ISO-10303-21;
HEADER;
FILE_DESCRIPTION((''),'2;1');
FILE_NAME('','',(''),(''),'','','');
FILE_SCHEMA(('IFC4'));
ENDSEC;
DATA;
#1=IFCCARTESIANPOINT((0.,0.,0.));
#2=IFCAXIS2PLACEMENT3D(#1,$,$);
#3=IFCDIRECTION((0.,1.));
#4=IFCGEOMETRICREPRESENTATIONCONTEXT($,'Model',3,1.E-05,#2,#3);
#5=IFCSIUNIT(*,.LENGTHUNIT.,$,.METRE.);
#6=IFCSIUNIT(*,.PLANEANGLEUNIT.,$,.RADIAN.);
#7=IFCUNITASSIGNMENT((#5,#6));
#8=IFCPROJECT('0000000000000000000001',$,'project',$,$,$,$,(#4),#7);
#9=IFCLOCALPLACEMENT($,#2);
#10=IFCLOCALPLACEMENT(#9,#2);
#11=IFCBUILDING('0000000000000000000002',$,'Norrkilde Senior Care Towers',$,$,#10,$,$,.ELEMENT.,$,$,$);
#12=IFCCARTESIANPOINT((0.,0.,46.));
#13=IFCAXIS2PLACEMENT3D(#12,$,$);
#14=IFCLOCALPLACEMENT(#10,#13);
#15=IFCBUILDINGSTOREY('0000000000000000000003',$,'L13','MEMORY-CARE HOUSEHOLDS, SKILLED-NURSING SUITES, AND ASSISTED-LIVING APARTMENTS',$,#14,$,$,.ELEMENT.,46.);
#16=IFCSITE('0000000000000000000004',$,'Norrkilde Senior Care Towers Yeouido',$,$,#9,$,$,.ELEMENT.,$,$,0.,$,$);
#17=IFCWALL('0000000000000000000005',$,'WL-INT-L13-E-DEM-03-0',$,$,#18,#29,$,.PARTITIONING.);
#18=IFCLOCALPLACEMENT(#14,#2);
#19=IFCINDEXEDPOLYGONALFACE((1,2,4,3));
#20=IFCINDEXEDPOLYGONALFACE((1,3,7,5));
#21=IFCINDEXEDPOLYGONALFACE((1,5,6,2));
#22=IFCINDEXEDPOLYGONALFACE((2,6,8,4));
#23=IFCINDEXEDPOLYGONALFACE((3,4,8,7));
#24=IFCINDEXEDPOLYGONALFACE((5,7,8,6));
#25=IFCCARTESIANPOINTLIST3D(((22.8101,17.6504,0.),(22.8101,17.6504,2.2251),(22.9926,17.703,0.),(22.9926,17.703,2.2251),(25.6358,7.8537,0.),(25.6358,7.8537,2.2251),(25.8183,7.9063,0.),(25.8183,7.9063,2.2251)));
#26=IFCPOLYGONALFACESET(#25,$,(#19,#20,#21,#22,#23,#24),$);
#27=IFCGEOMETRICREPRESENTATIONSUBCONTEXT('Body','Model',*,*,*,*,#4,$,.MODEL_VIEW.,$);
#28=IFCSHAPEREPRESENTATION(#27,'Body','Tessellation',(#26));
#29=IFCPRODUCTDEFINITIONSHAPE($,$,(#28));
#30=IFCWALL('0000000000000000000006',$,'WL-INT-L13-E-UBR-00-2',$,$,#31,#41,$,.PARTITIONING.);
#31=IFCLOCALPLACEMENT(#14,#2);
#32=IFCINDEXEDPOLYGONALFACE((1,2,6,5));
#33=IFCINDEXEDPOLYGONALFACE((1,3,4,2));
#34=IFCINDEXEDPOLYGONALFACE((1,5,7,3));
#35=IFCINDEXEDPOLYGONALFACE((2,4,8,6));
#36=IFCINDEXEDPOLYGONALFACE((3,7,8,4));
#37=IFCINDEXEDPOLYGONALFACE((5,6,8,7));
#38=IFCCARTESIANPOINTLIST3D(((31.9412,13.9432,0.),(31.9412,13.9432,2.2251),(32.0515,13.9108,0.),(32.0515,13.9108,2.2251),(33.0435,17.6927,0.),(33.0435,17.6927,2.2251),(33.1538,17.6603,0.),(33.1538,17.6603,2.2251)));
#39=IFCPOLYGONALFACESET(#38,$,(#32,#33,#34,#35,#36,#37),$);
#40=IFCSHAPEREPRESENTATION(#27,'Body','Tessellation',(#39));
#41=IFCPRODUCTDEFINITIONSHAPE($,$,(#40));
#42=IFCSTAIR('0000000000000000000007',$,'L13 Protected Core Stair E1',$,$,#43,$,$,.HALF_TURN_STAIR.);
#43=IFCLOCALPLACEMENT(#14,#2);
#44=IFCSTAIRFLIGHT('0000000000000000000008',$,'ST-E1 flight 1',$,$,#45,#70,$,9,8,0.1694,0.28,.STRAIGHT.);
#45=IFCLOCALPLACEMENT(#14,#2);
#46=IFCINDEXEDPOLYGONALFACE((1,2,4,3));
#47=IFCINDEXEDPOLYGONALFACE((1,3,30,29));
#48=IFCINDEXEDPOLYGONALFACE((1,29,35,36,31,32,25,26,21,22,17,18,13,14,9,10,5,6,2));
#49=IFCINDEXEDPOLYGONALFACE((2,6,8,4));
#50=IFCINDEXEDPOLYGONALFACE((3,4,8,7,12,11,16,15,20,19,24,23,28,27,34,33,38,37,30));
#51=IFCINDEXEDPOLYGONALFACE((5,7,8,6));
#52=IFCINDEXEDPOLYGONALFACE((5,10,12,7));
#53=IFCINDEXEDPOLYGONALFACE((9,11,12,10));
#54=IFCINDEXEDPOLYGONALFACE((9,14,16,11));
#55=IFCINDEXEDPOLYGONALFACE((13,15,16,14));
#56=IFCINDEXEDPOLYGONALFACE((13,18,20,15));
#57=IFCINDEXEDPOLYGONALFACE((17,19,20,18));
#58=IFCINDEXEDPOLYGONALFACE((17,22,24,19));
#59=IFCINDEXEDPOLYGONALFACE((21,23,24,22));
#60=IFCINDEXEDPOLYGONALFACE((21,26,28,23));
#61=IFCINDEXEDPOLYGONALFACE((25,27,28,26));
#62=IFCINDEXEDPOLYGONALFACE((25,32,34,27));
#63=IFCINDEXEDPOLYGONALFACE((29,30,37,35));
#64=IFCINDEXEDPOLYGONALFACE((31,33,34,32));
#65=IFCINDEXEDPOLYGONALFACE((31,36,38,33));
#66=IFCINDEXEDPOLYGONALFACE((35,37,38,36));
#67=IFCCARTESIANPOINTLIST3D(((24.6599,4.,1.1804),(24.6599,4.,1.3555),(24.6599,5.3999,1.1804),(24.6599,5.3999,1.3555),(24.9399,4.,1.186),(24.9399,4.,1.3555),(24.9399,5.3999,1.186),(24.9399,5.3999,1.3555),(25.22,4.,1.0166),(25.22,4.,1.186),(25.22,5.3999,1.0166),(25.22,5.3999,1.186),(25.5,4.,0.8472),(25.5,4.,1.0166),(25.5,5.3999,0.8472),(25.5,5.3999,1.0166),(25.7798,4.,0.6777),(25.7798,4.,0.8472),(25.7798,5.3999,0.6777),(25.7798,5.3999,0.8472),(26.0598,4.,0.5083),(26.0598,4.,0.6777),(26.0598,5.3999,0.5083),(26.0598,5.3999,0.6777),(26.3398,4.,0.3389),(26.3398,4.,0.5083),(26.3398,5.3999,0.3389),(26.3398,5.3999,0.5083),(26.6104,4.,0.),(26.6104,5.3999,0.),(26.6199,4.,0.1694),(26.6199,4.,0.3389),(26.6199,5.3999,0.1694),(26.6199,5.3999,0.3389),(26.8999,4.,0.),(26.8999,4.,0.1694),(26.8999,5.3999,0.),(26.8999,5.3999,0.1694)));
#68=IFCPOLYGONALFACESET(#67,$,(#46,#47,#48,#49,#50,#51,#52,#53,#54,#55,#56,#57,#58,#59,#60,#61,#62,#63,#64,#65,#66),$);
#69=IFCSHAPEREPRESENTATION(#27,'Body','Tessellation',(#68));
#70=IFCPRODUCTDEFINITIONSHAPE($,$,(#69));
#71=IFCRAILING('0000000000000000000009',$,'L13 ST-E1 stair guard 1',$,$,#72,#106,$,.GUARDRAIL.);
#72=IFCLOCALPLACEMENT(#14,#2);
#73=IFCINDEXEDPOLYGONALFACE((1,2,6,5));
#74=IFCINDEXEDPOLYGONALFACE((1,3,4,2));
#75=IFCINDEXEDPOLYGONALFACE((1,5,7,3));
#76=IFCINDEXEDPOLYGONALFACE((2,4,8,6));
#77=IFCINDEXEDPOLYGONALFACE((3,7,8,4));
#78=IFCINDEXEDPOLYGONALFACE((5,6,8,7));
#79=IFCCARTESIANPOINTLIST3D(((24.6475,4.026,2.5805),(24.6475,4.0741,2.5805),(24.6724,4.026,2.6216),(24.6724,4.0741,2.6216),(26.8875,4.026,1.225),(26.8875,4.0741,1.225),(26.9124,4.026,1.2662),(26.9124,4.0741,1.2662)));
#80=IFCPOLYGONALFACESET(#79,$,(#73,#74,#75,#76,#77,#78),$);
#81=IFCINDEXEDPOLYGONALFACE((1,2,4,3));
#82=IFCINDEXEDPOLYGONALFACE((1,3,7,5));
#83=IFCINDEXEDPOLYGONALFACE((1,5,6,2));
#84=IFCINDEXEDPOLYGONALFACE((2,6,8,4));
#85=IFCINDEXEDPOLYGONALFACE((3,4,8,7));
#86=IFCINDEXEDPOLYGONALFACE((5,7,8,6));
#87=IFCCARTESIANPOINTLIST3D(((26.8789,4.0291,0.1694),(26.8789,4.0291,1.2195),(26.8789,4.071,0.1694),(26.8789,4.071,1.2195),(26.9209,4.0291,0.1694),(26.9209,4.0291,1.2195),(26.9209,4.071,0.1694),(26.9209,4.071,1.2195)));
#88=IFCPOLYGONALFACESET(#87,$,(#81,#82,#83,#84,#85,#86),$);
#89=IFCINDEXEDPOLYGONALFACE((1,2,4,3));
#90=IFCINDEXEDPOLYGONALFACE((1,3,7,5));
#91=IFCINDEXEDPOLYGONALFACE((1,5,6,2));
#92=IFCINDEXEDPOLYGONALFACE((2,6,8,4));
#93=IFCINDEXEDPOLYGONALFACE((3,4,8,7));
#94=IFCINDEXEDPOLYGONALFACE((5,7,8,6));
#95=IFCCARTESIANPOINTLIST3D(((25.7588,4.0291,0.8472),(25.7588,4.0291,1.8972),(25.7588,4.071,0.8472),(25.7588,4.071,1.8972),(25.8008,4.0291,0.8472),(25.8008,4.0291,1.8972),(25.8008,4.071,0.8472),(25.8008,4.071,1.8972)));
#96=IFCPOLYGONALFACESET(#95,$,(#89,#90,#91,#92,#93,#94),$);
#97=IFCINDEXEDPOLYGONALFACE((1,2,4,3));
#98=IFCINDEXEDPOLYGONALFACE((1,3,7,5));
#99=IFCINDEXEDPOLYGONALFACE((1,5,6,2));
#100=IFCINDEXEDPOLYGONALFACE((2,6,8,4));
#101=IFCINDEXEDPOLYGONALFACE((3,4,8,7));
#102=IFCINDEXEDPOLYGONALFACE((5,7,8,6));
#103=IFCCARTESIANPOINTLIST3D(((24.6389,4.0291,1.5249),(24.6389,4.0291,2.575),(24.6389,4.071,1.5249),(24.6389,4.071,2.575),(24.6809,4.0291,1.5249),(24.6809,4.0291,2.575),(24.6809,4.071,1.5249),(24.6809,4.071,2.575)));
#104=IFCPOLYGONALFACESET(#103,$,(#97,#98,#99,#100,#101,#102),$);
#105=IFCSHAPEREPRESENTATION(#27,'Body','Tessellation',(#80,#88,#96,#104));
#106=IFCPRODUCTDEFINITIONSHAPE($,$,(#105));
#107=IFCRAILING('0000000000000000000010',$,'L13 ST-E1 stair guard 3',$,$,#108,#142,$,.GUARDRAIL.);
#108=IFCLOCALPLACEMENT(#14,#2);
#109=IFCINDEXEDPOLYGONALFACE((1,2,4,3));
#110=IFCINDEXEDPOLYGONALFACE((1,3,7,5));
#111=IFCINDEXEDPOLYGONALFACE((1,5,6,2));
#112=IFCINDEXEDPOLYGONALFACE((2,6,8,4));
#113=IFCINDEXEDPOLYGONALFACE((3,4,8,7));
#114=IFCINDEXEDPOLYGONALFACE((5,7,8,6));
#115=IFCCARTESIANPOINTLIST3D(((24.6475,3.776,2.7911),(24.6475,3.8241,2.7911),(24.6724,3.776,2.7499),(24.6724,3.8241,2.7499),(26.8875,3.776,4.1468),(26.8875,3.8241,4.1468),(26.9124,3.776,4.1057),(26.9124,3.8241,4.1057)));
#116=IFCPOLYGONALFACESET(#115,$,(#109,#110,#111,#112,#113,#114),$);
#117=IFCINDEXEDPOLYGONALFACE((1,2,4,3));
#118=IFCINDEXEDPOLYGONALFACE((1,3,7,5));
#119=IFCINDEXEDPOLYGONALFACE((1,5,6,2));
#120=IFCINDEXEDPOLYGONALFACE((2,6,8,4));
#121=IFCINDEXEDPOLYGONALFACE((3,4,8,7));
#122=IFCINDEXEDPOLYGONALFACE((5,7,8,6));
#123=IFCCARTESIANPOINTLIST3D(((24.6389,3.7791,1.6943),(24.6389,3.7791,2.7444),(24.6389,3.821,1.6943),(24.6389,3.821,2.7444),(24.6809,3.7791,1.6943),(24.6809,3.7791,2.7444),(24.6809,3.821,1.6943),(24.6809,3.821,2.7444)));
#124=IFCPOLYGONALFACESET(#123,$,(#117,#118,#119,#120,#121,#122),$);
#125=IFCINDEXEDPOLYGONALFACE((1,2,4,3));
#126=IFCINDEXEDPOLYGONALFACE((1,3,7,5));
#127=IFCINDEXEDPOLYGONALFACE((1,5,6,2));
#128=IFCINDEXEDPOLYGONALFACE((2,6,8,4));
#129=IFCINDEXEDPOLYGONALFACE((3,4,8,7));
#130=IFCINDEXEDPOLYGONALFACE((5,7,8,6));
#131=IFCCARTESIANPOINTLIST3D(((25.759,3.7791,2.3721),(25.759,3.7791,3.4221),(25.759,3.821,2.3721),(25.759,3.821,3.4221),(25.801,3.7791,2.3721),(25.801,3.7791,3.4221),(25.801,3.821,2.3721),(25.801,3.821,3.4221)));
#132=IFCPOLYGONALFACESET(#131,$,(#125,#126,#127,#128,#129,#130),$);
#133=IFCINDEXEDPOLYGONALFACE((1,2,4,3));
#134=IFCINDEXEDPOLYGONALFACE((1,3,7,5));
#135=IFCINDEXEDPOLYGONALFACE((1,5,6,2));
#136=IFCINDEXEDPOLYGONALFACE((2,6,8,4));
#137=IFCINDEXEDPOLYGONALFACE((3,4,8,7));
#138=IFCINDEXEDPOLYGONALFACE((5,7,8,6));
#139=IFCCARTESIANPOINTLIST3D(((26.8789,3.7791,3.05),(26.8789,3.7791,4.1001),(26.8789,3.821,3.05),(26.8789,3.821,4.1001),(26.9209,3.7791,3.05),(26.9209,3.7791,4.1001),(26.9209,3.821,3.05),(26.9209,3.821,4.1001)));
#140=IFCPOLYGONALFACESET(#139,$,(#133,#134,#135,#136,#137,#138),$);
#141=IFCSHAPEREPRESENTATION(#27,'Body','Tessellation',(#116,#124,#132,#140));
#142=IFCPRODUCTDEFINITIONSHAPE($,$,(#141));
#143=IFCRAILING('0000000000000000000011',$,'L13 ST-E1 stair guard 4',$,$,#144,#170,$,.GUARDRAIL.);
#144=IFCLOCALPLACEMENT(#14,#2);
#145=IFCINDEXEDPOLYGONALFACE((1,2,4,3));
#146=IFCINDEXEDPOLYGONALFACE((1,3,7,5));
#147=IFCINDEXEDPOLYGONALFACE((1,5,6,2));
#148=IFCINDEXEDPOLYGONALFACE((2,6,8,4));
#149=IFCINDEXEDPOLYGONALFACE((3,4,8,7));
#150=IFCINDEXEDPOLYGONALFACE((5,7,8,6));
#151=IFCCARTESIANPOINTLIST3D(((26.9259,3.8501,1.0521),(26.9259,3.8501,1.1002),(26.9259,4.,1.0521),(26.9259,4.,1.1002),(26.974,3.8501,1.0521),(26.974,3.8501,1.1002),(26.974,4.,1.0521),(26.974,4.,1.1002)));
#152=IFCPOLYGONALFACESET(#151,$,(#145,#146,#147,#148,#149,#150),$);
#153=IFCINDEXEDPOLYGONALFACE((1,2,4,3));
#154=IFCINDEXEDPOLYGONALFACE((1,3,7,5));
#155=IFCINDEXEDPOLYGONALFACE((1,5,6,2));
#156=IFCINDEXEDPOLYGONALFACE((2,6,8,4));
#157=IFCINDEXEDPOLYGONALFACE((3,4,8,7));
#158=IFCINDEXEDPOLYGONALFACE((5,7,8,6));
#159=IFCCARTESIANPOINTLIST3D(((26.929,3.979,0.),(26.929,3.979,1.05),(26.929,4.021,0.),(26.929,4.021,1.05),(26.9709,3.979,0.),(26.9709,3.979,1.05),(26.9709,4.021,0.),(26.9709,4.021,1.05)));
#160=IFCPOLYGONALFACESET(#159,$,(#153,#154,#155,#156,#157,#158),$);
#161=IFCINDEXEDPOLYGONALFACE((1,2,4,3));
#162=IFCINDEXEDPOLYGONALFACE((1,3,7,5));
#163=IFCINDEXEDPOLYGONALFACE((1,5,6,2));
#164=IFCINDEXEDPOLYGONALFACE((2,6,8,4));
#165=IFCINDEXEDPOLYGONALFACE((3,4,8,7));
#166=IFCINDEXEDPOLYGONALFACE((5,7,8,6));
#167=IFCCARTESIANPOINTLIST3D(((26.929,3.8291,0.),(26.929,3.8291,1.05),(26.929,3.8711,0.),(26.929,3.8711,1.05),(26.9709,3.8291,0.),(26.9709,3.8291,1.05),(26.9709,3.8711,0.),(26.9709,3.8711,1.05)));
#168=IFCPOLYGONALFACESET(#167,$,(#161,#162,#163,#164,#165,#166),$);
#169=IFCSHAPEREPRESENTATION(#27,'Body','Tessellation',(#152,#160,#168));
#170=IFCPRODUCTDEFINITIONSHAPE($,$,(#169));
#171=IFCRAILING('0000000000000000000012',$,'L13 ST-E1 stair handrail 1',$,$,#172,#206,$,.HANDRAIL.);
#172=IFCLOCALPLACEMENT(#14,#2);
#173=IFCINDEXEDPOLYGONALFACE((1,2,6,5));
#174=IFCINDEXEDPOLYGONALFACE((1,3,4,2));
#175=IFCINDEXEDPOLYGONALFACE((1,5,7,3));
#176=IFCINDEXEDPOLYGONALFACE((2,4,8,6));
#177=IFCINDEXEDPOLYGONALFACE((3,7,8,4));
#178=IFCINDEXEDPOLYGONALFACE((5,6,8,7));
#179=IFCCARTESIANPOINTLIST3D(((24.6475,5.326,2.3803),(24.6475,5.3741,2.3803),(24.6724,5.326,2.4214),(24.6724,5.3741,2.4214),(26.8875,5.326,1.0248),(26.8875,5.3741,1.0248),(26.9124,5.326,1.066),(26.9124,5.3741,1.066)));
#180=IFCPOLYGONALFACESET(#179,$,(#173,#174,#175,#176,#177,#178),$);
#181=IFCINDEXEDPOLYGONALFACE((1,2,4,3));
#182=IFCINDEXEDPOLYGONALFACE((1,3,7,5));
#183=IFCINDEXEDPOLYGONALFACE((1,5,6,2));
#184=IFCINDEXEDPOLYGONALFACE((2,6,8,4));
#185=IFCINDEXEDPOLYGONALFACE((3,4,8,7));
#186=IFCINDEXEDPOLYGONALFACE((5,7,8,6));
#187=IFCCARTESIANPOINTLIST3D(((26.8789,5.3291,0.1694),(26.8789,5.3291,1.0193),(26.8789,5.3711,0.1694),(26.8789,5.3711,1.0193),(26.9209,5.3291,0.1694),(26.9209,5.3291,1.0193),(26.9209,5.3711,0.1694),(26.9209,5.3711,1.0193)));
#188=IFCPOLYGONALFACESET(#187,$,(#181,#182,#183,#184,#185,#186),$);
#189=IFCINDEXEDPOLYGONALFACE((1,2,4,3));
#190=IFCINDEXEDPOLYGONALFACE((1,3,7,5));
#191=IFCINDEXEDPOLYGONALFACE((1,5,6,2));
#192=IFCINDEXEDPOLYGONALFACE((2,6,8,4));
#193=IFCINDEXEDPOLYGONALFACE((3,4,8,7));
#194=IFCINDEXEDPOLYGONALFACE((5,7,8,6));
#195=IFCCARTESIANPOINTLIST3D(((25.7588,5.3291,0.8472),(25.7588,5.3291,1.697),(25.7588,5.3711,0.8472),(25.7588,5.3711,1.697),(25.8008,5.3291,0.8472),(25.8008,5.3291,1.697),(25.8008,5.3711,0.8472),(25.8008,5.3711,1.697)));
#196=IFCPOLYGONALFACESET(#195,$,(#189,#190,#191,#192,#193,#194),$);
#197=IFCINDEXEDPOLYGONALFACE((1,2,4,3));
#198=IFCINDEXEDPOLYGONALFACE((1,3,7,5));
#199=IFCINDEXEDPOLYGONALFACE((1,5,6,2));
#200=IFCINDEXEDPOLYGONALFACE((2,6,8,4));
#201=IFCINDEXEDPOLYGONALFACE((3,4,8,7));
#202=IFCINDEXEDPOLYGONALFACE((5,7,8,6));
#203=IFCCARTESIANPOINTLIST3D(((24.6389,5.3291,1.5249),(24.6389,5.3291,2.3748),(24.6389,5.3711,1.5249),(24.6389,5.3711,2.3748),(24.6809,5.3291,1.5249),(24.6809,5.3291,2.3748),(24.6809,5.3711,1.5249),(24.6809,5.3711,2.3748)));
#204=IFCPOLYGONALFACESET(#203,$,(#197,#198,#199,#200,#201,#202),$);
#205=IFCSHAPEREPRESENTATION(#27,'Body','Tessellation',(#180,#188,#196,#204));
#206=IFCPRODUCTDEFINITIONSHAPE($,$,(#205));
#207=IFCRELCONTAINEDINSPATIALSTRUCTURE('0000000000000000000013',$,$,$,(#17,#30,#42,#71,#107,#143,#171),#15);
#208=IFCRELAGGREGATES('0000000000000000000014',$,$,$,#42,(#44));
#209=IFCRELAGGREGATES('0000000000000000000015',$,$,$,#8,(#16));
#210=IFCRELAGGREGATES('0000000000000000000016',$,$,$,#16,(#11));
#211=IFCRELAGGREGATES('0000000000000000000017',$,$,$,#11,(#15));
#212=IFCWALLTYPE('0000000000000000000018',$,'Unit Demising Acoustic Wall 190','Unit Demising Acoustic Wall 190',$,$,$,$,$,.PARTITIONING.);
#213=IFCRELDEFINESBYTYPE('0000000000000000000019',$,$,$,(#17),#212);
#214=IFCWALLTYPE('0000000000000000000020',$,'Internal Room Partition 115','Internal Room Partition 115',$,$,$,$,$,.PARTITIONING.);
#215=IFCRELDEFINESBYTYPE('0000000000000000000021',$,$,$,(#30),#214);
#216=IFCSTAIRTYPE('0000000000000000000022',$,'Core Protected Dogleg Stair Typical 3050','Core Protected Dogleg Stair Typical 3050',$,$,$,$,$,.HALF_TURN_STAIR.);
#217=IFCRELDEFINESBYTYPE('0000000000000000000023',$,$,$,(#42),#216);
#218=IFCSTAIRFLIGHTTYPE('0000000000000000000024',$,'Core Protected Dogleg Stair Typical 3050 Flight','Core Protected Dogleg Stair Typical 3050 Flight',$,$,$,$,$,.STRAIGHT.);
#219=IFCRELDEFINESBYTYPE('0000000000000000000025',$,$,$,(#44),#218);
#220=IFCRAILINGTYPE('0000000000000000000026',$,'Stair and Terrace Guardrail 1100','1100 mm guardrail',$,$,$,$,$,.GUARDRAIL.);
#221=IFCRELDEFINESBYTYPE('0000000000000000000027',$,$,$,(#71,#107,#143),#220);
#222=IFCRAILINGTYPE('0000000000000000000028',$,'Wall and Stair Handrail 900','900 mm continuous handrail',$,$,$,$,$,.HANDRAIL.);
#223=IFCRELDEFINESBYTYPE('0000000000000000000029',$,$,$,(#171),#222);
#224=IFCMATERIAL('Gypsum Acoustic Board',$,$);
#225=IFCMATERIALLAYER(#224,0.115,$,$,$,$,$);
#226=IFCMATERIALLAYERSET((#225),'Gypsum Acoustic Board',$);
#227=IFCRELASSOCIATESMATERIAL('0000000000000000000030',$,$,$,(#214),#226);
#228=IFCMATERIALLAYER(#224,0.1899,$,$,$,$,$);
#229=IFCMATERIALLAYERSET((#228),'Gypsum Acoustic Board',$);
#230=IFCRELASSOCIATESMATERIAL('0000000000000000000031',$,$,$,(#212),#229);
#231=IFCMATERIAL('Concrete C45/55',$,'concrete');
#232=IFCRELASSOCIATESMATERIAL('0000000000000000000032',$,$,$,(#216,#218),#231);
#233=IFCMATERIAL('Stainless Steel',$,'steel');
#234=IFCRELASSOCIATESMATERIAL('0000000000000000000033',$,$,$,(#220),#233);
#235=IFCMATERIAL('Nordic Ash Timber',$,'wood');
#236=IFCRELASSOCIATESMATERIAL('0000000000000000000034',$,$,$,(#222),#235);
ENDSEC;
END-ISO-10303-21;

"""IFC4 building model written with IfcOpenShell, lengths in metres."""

from ifc_helpers import new_model, si_unit, direction, frame, frame_2d, origin, origin_2d, place, context, subcontext, project, spatial, polyline, rectangle, outline, extrude, source, transform, mapped, material, layer, layer_set, type_object, type_shapes, element, aggregate, save


model = new_model("IFC4")

# Units and contexts
model_context = context("Model", 3, precision=1e-05, world=origin(), true_north=direction((0.0, 1.0)))
body_context = subcontext(model_context, "Body", "Model", "MODEL_VIEW")
ifc_project = project(units=[si_unit("LENGTHUNIT", "METRE"), si_unit("PLANEANGLEUNIT", "RADIAN")], contexts=[model_context])

# Site, building, storey
site_placement = place(None, origin())
site = spatial("IfcSite", under=ifc_project, at=site_placement, Name="Norrkilde Senior Care Towers Yeouido", CompositionType="ELEMENT", RefElevation=0.0)
building_placement = place(site_placement, origin())
building = spatial("IfcBuilding", under=site, at=building_placement, Name="Norrkilde Senior Care Towers", CompositionType="ELEMENT")
storey_placement = place(building_placement, frame((0.0, 0.0, 46.0)))
storey = spatial("IfcBuildingStorey", under=building, at=storey_placement, Name="L13", Description="MEMORY-CARE HOUSEHOLDS, SKILLED-NURSING SUITES, AND ASSISTED-LIVING APARTMENTS", CompositionType="ELEMENT", Elevation=46.0)

# Shared definitions
ifc_material_1 = material(Name="Concrete C45/55", Category="concrete")
ifc_material_2 = material(Name="Stainless Steel", Category="steel")

# Shared definitions
ifc_material_3 = material(Name="Gypsum Acoustic Board")
ifc_layer_1 = layer(ifc_material_3, 0.115)
ifc_layer_set_1 = layer_set([ifc_layer_1], Name="Gypsum Acoustic Board")
wall_type_1 = type_object("IfcWallType", Name="Internal Room Partition 115", Description="Internal Room Partition 115", PredefinedType="PARTITIONING", material=ifc_layer_set_1)
ifc_material_4 = material(Name="Nordic Ash Timber", Category="wood")

# Walls
ifc_layer_2 = layer(ifc_material_3, 0.1899)
ifc_layer_set_2 = layer_set([ifc_layer_2], Name="Gypsum Acoustic Board")
wall_type_2 = type_object("IfcWallType", Name="Unit Demising Acoustic Wall 190", Description="Unit Demising Acoustic Wall 190", PredefinedType="PARTITIONING", material=ifc_layer_set_2)
shared_shape_1 = source(origin(), body_context, "Body", "SweptSolid", [
    extrude(rectangle(XDim=10.196, YDim=0.1899, at=frame_2d((5.0981, 0.0))), origin(), (0.0, 0.0, 1.0), 2.2251),
])
type_shapes(wall_type_2, [shared_shape_1])
wall_1_placement = place(storey_placement, frame((25.7271, 7.8799, 0.0), z_axis=(0.0, 0.0, 1.0), x_axis=(-0.277136, 0.960831, 0.0)))
element("IfcWall", 1, at=wall_1_placement, inside=storey, type_object=wall_type_2, Name="WL-INT-L13-E-DEM-03-0", PredefinedType="PARTITIONING", context=body_context, shape_type="MappedRepresentation", body=[
    mapped(shared_shape_1, transform((0.0, 0.0, 0.0), x_axis=(1.0, 0.0, 0.0), y_axis=(0.0, 1.0, 0.0), z_axis=(0.0, 0.0, 1.0), scale=1.0)),
])
shared_shape_2 = source(origin(), body_context, "Body", "SweptSolid", [
    extrude(rectangle(XDim=3.9082, YDim=0.115, at=frame_2d((1.9541, 0.0))), origin(), (0.0, 0.0, 1.0), 2.2251),
])
wall_2_placement = place(storey_placement, frame((31.9963, 13.927, 0.0), z_axis=(0.0, 0.0, 1.0), x_axis=(0.282048, 0.9594, 0.0)))
element("IfcWall", 2, at=wall_2_placement, inside=storey, type_object=wall_type_1, Name="WL-INT-L13-E-UBR-00-2", PredefinedType="PARTITIONING", context=body_context, shape_type="MappedRepresentation", body=[
    mapped(shared_shape_2, transform((0.0, 0.0, 0.0), x_axis=(1.0, 0.0, 0.0), y_axis=(0.0, 1.0, 0.0), z_axis=(0.0, 0.0, 1.0), scale=1.0)),
])

# Stair, stair flight
stair_type = type_object("IfcStairType", Name="Core Protected Dogleg Stair Typical 3050", Description="Core Protected Dogleg Stair Typical 3050", PredefinedType="HALF_TURN_STAIR", material=ifc_material_1)
stair_placement = place(storey_placement, origin())
stair = element("IfcStair", 3, at=stair_placement, inside=storey, type_object=stair_type, Name="L13 Protected Core Stair E1", PredefinedType="HALF_TURN_STAIR")
stair_flight_type = type_object("IfcStairFlightType", Name="Core Protected Dogleg Stair Typical 3050 Flight", Description="Core Protected Dogleg Stair Typical 3050 Flight", PredefinedType="STRAIGHT", material=ifc_material_1)
stair_flight_placement = place(storey_placement, frame((26.8999, 4.7, 0.0), z_axis=(0.0, 0.0, 1.0), x_axis=(-1.0, 0.0, 0.0)))
stair_flight = element("IfcStairFlight", 4, at=stair_flight_placement, type_object=stair_flight_type, Name="ST-E1 flight 1", NumberOfRisers=9, NumberOfTreads=8, PredefinedType="STRAIGHT", RiserHeight=0.1694, TreadLength=0.28, context=body_context, shape_type="SweptSolid", body=[
    extrude(outline(polyline([(0.0, 0.0), (0.0, 0.1694), (0.28, 0.1694), (0.28, 0.3389), (0.5601, 0.3389), (0.5601, 0.5083), (0.8401, 0.5083), (0.8401, 0.6777), (1.1201, 0.6777), (1.1201, 0.8472), (1.3999, 0.8472), (1.3999, 1.0166), (1.6799, 1.0166), (1.6799, 1.186), (1.96, 1.186), (1.96, 1.3555), (2.24, 1.3555), (2.24, 1.5249), (2.24, 1.1804), (0.2896, 0.0), (0.0, 0.0)])), frame((0.0, 0.7, 0.0), z_axis=(0.0, -1.0, 0.0), x_axis=(1.0, 0.0, 0.0)), (0.0, 0.0, 1.0), 1.3999),
])
aggregate(stair, [stair_flight])

# Railings
railing_type_1 = type_object("IfcRailingType", Name="Stair and Terrace Guardrail 1100", Description="1100 mm guardrail", PredefinedType="GUARDRAIL", material=ifc_material_2)
railing_1_placement = place(storey_placement, frame((26.8999, 4.05, 0.1694)))
element("IfcRailing", 5, at=railing_1_placement, inside=storey, type_object=railing_type_1, Name="L13 ST-E1 stair guard 1", PredefinedType="GUARDRAIL", context=body_context, shape_type="SweptSolid", body=[
    extrude(rectangle(XDim=0.0481, YDim=0.0481, at=origin_2d()), frame((0.0, 0.0, 1.0762), z_axis=(-0.855553, 0.0, 0.517715), x_axis=(0.0, -1.0, 0.0)), (0.0, 0.0, 1.0), 2.6182),
    extrude(rectangle(XDim=0.042, YDim=0.042, at=origin_2d()), origin(), (0.0, 0.0, 1.0), 1.05),
    extrude(rectangle(XDim=0.042, YDim=0.042, at=origin_2d()), frame((-1.1201, 0.0, 0.6777)), (0.0, 0.0, 1.0), 1.05),
    extrude(rectangle(XDim=0.042, YDim=0.042, at=origin_2d()), frame((-2.24, 0.0, 1.3555)), (0.0, 0.0, 1.0), 1.05),
])
railing_2_placement = place(storey_placement, frame((24.6599, 3.8, 1.6943)))
element("IfcRailing", 6, at=railing_2_placement, inside=storey, type_object=railing_type_1, Name="L13 ST-E1 stair guard 3", PredefinedType="GUARDRAIL", context=body_context, shape_type="SweptSolid", body=[
    extrude(rectangle(XDim=0.0481, YDim=0.0481, at=origin_2d()), frame((0.0, 0.0, 1.0762), z_axis=(0.855512, 0.0, 0.517783), x_axis=(0.0, 1.0, 0.0)), (0.0, 0.0, 1.0), 2.6184),
    extrude(rectangle(XDim=0.042, YDim=0.042, at=origin_2d()), origin(), (0.0, 0.0, 1.0), 1.05),
    extrude(rectangle(XDim=0.042, YDim=0.042, at=origin_2d()), frame((1.1201, 0.0, 0.6777)), (0.0, 0.0, 1.0), 1.05),
    extrude(rectangle(XDim=0.042, YDim=0.042, at=origin_2d()), frame((2.24, 0.0, 1.3557)), (0.0, 0.0, 1.0), 1.05),
])
railing_3_placement = place(storey_placement, frame((26.95, 4.0, 0.0)))
element("IfcRailing", 7, at=railing_3_placement, inside=storey, type_object=railing_type_1, Name="L13 ST-E1 stair guard 4", PredefinedType="GUARDRAIL", context=body_context, shape_type="SweptSolid", body=[
    extrude(rectangle(XDim=0.0481, YDim=0.0481, at=origin_2d()), frame((0.0, 0.0, 1.0762), z_axis=(0.0, -1.0, 0.0), x_axis=(1.0, 0.0, 0.0)), (0.0, 0.0, 1.0), 0.1499),
    extrude(rectangle(XDim=0.042, YDim=0.042, at=origin_2d()), origin(), (0.0, 0.0, 1.0), 1.05),
    extrude(rectangle(XDim=0.042, YDim=0.042, at=origin_2d()), frame((0.0, -0.1499, 0.0)), (0.0, 0.0, 1.0), 1.05),
])
railing_type_2 = type_object("IfcRailingType", Name="Wall and Stair Handrail 900", Description="900 mm continuous handrail", PredefinedType="HANDRAIL", material=ifc_material_4)
railing_4_placement = place(storey_placement, frame((26.8999, 5.3501, 0.1694)))
element("IfcRailing", 8, at=railing_4_placement, inside=storey, type_object=railing_type_2, Name="L13 ST-E1 stair handrail 1", PredefinedType="HANDRAIL", context=body_context, shape_type="SweptSolid", body=[
    extrude(rectangle(XDim=0.0481, YDim=0.0481, at=origin_2d()), frame((0.0, 0.0, 0.876), z_axis=(-0.855553, 0.0, 0.517715), x_axis=(0.0, -1.0, 0.0)), (0.0, 0.0, 1.0), 2.6182),
    extrude(rectangle(XDim=0.042, YDim=0.042, at=origin_2d()), origin(), (0.0, 0.0, 1.0), 0.8499),
    extrude(rectangle(XDim=0.042, YDim=0.042, at=origin_2d()), frame((-1.1201, 0.0, 0.6777)), (0.0, 0.0, 1.0), 0.8499),
    extrude(rectangle(XDim=0.042, YDim=0.042, at=origin_2d()), frame((-2.24, 0.0, 1.3555)), (0.0, 0.0, 1.0), 0.8499),
])

save(model, "model.ifc")
